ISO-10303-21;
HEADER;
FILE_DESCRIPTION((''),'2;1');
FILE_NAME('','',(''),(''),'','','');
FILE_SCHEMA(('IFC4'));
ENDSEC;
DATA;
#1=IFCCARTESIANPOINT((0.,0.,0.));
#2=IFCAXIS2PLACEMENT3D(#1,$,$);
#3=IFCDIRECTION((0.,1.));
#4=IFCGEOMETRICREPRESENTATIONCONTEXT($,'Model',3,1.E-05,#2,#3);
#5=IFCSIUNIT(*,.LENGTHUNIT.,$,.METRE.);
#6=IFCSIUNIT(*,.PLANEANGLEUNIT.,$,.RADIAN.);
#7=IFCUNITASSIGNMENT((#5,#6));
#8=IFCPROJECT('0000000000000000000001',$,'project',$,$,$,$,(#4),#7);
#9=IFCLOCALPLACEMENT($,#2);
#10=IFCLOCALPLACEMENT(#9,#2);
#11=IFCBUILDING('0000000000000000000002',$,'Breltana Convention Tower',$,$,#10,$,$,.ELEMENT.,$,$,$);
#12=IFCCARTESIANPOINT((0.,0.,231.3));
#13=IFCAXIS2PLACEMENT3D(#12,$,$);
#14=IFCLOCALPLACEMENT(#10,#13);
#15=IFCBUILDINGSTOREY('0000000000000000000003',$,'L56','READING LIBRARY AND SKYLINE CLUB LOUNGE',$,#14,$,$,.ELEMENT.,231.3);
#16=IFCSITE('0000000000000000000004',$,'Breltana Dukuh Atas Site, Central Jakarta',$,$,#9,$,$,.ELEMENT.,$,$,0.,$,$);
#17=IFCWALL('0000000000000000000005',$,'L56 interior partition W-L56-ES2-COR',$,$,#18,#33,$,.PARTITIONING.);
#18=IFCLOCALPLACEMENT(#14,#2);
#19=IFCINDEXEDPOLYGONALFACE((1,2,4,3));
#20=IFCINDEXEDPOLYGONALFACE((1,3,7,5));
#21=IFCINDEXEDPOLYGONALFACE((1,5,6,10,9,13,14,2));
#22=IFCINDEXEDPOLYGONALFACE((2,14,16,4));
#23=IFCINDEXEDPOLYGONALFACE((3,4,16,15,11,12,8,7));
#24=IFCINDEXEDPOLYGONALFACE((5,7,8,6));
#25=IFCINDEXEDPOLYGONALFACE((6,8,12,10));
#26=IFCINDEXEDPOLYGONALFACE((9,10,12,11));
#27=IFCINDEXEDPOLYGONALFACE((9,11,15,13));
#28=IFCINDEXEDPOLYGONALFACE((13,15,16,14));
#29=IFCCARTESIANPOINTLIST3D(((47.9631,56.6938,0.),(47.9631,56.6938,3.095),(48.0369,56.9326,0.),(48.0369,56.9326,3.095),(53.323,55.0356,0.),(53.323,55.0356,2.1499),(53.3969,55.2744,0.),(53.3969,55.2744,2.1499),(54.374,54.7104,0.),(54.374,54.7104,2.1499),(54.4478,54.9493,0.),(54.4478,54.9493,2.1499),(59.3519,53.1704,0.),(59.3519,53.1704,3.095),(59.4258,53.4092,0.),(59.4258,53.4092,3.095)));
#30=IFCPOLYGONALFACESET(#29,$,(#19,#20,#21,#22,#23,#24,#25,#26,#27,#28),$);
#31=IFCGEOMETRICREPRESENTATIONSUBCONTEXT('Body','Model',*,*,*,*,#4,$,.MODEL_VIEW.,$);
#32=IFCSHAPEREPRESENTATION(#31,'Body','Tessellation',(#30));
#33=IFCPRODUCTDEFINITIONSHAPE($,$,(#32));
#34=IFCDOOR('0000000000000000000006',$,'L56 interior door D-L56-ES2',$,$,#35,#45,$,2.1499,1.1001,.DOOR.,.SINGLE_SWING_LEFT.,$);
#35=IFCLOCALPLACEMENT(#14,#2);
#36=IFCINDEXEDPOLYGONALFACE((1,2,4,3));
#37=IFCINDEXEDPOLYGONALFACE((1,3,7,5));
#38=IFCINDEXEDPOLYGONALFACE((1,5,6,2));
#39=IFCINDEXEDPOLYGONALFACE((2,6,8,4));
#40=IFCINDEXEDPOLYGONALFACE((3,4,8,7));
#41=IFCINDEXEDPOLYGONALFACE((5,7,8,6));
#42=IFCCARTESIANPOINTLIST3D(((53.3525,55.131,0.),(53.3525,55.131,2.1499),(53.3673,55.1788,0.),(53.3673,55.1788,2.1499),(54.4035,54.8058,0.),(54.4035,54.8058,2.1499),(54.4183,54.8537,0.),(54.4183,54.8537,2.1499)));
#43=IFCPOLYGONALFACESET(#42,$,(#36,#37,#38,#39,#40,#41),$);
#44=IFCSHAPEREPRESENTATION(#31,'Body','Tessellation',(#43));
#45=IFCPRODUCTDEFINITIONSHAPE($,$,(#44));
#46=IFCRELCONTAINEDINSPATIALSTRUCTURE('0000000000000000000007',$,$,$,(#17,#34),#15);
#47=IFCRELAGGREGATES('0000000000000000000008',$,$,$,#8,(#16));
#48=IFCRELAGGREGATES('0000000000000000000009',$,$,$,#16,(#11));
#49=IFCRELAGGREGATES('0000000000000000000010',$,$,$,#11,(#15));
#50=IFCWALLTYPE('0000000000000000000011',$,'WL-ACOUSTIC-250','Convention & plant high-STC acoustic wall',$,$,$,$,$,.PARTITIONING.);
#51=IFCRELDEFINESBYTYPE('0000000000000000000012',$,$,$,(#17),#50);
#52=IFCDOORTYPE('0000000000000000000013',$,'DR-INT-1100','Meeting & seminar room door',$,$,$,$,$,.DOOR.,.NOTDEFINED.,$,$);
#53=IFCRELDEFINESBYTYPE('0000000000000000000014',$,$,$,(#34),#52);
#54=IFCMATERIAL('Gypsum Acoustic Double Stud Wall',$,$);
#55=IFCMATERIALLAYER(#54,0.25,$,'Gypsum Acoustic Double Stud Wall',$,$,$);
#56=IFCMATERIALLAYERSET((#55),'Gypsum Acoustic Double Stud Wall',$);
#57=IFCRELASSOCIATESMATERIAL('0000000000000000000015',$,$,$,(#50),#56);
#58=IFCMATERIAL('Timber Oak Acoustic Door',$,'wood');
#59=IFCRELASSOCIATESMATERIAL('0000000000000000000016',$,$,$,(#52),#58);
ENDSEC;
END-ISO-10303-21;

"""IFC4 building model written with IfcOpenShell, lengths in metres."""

from ifc_helpers import new_model, si_unit, direction, frame, frame_2d, origin, place, context, subcontext, project, spatial, rectangle, extrude, source, transform, mapped, material, layer, layer_set, type_object, type_shapes, element, fill, save


model = new_model("IFC4")

# Units and contexts
model_context = context("Model", 3, precision=1e-05, world=origin(), true_north=direction((0.0, 1.0)))
body_context = subcontext(model_context, "Body", "Model", "MODEL_VIEW")
ifc_project = project(units=[si_unit("LENGTHUNIT", "METRE"), si_unit("PLANEANGLEUNIT", "RADIAN")], contexts=[model_context])

# Site, building, storey
site_placement = place(None, origin())
site = spatial("IfcSite", under=ifc_project, at=site_placement, Name="Breltana Dukuh Atas Site, Central Jakarta", CompositionType="ELEMENT", RefElevation=0.0)
building_placement = place(site_placement, origin())
building = spatial("IfcBuilding", under=site, at=building_placement, Name="Breltana Convention Tower", CompositionType="ELEMENT")
storey_placement = place(building_placement, frame((0.0, 0.0, 231.3)))
storey = spatial("IfcBuildingStorey", under=building, at=storey_placement, Name="L56", Description="READING LIBRARY AND SKYLINE CLUB LOUNGE", CompositionType="ELEMENT", Elevation=231.3)

# Shared definitions
ifc_material_1 = material(Name="Gypsum Acoustic Double Stud Wall")
ifc_layer_1 = layer(ifc_material_1, 0.25, Name="Gypsum Acoustic Double Stud Wall")
ifc_layer_set_1 = layer_set([ifc_layer_1], Name="Gypsum Acoustic Double Stud Wall")
wall_type_1 = type_object("IfcWallType", Name="WL-ACOUSTIC-250", Description="Convention & plant high-STC acoustic wall", PredefinedType="PARTITIONING", material=ifc_layer_set_1)

# Wall, opening, door
shared_shape_1 = source(origin(), body_context, "Body", "SweptSolid", [
    extrude(rectangle(XDim=11.9214, YDim=0.25, at=frame_2d((5.9607, 0.0))), origin(), (0.0, 0.0, 1.0), 3.095),
])
wall_1_placement = place(storey_placement, frame((48.0, 56.8132, 0.0), z_axis=(0.0, 0.0, 1.0), x_axis=(0.955326, -0.295553, 0.0)))
wall_1 = element("IfcWall", 1, at=wall_1_placement, inside=storey, type_object=wall_type_1, Name="L56 interior partition W-L56-ES2-COR", PredefinedType="PARTITIONING", context=body_context, shape_type="MappedRepresentation", body=[
    mapped(shared_shape_1, transform((0.0, 0.0, 0.0), scale=1.0)),
])
opening_placement = place(wall_1_placement, frame((5.6106, 0.0, 0.0)))
opening = element("IfcOpeningElement", 2, at=opening_placement, cuts=wall_1, PredefinedType="OPENING", context=body_context, shape_type="SweptSolid", body=[
    extrude(rectangle(XDim=1.1001, YDim=2.1499, at=frame_2d((0.55, 1.075))), frame((0.0, 0.135, 0.0), z_axis=(0.0, -1.0, 0.0), x_axis=(1.0, 0.0, 0.0)), (0.0, 0.0, 1.0), 0.27),
])
ifc_material_2 = material(Name="Timber Oak Acoustic Door", Category="wood")
door_type = type_object("IfcDoorType", Name="DR-INT-1100", Description="Meeting & seminar room door", OperationType="NOTDEFINED", PredefinedType="DOOR", material=ifc_material_2)
shared_shape_2 = source(origin(), body_context, "Body", "SweptSolid", [
    extrude(rectangle(XDim=1.1001, YDim=2.1499, at=frame_2d((0.55, 1.075))), frame((0.0, 0.0249, 0.0), z_axis=(0.0, -1.0, 0.0), x_axis=(1.0, 0.0, 0.0)), (0.0, 0.0, 1.0), 0.05),
])
type_shapes(door_type, [shared_shape_2])
door_placement = place(opening_placement, origin())
door = element("IfcDoor", 3, at=door_placement, inside=storey, type_object=door_type, Name="L56 interior door D-L56-ES2", OperationType="SINGLE_SWING_LEFT", OverallHeight=2.1499, OverallWidth=1.1001, PredefinedType="DOOR", context=body_context, shape_type="MappedRepresentation", body=[
    mapped(shared_shape_2, transform((0.0, 0.0, 0.0), scale=1.0)),
])
fill(opening, door)

save(model, "model.ifc")
